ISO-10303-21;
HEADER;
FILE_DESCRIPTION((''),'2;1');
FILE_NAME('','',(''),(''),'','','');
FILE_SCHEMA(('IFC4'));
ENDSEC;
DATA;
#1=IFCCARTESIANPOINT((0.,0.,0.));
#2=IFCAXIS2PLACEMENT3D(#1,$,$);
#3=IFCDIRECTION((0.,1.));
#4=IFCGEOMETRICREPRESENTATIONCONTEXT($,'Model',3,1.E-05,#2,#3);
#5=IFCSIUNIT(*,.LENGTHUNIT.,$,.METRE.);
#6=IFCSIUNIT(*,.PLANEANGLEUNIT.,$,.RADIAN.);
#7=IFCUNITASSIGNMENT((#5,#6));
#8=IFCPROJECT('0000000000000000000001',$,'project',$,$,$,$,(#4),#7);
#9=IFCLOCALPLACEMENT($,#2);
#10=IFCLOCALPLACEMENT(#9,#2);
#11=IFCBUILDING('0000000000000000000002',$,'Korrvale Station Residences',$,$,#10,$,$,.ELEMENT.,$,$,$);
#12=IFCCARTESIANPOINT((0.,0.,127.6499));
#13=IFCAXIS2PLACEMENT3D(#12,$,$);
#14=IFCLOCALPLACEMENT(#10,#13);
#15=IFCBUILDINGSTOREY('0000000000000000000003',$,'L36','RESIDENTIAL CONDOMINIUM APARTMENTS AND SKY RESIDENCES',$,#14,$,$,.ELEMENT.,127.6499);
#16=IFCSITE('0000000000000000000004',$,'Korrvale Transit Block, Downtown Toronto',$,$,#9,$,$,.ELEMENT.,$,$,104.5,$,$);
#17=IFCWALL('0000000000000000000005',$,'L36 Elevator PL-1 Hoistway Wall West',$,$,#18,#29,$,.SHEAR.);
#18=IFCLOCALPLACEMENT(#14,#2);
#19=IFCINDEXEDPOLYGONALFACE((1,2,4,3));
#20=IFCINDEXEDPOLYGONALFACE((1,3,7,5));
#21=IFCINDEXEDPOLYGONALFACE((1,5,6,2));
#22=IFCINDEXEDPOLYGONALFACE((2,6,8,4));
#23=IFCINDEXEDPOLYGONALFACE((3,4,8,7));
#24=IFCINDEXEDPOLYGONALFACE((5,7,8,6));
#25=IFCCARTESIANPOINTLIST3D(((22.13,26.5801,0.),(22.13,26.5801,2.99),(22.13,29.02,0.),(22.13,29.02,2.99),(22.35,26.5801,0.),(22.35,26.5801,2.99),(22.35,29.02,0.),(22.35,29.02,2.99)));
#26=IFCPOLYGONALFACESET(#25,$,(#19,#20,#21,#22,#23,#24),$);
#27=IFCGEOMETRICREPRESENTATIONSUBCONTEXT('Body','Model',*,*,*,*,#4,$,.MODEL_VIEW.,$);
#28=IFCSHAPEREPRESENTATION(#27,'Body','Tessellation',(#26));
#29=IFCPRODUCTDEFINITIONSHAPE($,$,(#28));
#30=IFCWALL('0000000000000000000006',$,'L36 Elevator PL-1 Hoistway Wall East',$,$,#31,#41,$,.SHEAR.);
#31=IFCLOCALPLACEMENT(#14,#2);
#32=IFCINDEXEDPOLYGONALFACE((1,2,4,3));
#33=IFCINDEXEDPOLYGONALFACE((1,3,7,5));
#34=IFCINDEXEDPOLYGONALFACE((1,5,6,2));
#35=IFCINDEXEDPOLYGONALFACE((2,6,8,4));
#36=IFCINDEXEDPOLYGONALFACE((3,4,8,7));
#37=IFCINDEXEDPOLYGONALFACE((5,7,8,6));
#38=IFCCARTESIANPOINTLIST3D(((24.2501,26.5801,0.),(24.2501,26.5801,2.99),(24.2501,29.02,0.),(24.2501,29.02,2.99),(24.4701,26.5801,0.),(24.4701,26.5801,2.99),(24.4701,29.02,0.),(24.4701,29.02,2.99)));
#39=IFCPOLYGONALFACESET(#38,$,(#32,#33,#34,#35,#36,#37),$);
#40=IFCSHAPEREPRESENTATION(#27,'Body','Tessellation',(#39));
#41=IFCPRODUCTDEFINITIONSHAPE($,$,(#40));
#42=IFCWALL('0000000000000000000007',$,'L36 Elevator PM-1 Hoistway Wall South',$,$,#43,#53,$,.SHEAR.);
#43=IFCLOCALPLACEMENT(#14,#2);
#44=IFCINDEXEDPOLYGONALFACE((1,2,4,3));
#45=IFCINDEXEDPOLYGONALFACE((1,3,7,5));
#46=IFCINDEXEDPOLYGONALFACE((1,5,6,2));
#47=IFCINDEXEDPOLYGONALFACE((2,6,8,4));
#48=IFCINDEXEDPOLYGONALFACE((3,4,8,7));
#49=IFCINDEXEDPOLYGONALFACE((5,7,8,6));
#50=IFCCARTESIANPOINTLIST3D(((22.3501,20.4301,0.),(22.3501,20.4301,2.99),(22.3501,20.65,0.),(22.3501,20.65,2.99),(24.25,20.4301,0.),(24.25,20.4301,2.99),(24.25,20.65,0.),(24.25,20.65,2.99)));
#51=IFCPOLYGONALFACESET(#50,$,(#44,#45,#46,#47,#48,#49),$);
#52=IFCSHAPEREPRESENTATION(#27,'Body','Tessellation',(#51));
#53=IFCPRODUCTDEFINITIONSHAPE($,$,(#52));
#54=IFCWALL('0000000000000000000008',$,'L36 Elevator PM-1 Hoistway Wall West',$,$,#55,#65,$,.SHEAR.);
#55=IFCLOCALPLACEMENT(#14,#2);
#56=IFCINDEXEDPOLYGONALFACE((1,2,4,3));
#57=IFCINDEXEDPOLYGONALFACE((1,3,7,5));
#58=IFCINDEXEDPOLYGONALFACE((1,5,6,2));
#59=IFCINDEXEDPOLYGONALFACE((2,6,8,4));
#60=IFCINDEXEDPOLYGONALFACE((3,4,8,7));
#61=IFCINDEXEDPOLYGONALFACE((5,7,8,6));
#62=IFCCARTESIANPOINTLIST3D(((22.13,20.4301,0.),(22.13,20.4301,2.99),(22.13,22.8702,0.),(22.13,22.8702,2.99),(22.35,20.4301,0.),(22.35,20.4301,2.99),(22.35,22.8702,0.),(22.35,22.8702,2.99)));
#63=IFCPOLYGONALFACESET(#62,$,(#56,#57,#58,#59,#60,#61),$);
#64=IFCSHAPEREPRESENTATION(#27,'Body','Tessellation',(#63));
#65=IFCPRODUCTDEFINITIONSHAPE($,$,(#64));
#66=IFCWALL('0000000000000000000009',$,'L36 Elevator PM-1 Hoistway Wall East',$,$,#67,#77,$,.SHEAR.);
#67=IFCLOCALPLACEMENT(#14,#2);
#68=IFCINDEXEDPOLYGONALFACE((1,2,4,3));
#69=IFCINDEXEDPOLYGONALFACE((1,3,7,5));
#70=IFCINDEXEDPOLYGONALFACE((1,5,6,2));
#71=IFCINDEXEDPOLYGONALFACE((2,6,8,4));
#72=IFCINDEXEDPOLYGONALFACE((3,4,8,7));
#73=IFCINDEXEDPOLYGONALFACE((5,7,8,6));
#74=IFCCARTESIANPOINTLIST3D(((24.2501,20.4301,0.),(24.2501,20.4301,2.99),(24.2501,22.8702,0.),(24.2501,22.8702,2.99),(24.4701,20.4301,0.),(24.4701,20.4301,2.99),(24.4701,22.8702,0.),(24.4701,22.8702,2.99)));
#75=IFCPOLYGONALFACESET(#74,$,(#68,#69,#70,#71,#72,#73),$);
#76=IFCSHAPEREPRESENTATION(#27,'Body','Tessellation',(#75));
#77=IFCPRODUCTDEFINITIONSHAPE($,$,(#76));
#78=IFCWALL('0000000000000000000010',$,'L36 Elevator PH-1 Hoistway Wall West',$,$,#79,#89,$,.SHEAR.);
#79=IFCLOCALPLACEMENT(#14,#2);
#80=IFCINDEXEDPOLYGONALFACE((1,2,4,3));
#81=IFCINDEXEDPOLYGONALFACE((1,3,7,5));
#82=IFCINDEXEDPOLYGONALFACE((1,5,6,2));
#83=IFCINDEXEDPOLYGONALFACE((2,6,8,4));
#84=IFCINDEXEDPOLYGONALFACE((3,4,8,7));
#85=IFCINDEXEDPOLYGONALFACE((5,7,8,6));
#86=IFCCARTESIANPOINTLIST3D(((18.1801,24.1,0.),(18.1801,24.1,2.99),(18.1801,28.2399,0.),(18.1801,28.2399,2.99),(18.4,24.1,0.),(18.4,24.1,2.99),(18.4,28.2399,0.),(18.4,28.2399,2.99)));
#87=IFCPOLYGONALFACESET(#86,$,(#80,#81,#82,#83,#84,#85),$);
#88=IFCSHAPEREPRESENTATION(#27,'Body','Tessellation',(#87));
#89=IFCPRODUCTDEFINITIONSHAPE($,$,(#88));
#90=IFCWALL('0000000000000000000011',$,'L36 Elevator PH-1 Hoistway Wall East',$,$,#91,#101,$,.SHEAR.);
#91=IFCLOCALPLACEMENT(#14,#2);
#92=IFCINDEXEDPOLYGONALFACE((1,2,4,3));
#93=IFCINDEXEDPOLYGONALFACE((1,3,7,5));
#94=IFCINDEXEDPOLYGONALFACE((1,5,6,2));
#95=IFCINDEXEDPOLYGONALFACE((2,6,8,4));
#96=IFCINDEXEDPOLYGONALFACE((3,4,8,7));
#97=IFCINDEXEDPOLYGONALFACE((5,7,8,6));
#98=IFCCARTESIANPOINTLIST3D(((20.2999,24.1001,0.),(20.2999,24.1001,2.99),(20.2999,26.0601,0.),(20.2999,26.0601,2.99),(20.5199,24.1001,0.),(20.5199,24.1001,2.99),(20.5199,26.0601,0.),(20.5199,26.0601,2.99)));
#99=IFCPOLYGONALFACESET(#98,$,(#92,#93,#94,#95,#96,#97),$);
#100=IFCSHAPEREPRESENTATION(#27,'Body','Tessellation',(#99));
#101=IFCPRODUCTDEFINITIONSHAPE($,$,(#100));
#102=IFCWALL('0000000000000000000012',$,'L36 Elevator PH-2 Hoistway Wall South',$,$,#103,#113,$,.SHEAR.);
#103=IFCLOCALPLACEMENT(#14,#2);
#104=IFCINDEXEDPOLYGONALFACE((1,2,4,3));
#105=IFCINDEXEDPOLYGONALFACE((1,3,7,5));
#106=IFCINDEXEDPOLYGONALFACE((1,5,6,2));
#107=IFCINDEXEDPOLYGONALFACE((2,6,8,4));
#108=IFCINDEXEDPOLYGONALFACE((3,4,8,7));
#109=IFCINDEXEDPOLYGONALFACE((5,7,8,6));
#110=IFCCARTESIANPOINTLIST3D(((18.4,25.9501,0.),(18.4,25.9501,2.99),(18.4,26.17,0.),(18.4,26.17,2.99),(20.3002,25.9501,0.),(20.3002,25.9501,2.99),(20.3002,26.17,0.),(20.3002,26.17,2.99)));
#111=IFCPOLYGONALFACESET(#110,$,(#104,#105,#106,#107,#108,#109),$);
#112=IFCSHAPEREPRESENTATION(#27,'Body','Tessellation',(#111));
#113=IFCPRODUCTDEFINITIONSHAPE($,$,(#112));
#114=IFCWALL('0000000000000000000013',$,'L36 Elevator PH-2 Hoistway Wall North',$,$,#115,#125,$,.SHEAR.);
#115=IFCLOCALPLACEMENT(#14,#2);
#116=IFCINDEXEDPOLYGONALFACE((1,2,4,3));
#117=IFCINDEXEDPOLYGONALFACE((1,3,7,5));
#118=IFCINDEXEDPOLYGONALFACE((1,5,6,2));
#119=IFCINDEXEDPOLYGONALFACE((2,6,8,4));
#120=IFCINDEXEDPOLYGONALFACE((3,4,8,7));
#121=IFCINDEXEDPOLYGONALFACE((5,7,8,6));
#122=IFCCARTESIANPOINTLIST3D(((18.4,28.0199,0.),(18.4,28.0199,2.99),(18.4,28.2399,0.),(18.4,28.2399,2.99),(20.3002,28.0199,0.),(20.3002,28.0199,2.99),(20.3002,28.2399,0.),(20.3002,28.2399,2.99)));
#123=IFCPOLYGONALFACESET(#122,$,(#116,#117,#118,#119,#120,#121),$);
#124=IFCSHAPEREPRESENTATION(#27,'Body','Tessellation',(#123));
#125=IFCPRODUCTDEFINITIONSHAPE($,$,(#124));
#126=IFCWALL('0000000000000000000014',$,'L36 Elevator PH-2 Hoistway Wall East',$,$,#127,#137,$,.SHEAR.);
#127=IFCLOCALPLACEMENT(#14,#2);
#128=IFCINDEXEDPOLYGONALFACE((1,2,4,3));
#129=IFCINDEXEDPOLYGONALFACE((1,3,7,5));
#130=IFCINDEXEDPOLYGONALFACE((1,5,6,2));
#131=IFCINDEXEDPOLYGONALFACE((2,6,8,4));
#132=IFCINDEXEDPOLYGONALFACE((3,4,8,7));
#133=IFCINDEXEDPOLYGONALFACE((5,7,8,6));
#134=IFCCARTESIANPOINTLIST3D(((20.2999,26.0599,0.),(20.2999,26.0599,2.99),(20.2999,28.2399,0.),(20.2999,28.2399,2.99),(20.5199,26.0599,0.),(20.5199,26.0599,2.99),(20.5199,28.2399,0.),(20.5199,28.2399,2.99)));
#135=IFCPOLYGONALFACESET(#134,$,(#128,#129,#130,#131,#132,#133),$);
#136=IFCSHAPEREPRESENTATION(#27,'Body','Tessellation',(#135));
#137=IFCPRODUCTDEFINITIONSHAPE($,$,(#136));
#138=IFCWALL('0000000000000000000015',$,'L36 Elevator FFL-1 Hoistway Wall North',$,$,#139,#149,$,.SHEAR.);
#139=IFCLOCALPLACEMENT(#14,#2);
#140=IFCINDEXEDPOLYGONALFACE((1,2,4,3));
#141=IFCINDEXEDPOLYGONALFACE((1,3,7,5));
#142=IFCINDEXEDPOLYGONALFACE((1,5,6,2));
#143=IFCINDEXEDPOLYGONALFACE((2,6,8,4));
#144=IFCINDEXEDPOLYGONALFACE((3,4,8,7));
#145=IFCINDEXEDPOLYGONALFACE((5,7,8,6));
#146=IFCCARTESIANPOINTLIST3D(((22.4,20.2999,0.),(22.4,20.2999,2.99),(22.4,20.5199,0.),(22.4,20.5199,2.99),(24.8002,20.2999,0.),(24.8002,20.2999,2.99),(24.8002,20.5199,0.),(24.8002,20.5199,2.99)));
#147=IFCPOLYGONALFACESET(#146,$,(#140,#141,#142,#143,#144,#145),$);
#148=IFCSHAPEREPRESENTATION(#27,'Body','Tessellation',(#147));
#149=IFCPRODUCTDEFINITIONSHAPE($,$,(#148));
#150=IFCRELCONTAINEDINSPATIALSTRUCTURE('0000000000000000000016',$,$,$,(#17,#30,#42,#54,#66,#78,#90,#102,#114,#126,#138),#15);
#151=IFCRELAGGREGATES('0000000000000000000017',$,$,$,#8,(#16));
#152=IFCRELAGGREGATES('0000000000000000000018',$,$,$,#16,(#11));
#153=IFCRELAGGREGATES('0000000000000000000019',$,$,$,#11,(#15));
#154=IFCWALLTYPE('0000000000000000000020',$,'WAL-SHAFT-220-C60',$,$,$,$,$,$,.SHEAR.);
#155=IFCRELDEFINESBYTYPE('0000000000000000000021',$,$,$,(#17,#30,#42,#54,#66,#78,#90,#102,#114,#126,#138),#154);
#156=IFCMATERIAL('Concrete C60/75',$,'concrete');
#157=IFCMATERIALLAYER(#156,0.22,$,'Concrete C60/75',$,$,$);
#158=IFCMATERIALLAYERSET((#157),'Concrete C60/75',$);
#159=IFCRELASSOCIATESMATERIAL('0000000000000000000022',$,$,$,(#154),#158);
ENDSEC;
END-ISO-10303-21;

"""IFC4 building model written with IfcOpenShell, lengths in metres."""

from ifc_helpers import new_model, si_unit, direction, frame, frame_2d, origin, place, context, subcontext, project, spatial, rectangle, extrude, material, layer, layer_set, type_object, element, save


model = new_model("IFC4")

# Units and contexts
model_context = context("Model", 3, precision=1e-05, world=origin(), true_north=direction((0.0, 1.0)))
body_context = subcontext(model_context, "Body", "Model", "MODEL_VIEW")
ifc_project = project(units=[si_unit("LENGTHUNIT", "METRE"), si_unit("PLANEANGLEUNIT", "RADIAN")], contexts=[model_context])

# Site, building, storey
site_placement = place(None, origin())
site = spatial("IfcSite", under=ifc_project, at=site_placement, Name="Korrvale Transit Block, Downtown Toronto", CompositionType="ELEMENT", RefElevation=104.5)
building_placement = place(site_placement, origin())
building = spatial("IfcBuilding", under=site, at=building_placement, Name="Korrvale Station Residences", CompositionType="ELEMENT")
storey_placement = place(building_placement, frame((0.0, 0.0, 127.6499)))
storey = spatial("IfcBuildingStorey", under=building, at=storey_placement, Name="L36", Description="RESIDENTIAL CONDOMINIUM APARTMENTS AND SKY RESIDENCES", CompositionType="ELEMENT", Elevation=127.6499)

# Shared definitions
ifc_material_1 = material(Name="Concrete C60/75", Category="concrete")

# Walls
ifc_layer_1 = layer(ifc_material_1, 0.22, Name="Concrete C60/75")
ifc_layer_set_1 = layer_set([ifc_layer_1], Name="Concrete C60/75")
wall_type_1 = type_object("IfcWallType", Name="WAL-SHAFT-220-C60", PredefinedType="SHEAR", material=ifc_layer_set_1)
for number, where, z_axis, x_axis, name in (
    (1, (22.24, 26.5801, 0.0), (0.0, 0.0, 1.0), (0.0, 1.0, 0.0), "L36 Elevator PL-1 Hoistway Wall West"),
    (2, (24.3601, 26.5801, 0.0), (0.0, 0.0, 1.0), (0.0, 1.0, 0.0), "L36 Elevator PL-1 Hoistway Wall East"),
):
    element("IfcWall", number, at=place(storey_placement, frame(where, z_axis=z_axis, x_axis=x_axis)), inside=storey, type_object=wall_type_1, Name=name, PredefinedType="SHEAR", context=body_context, shape_type="SweptSolid", body=[
        extrude(rectangle(XDim=2.4399, YDim=0.22, at=frame_2d((1.22, 0.0))), origin(), (0.0, 0.0, 1.0), 2.99),
    ])
wall_1_placement = place(storey_placement, frame((22.3501, 20.54, 0.0), z_axis=(0.0, 0.0, 1.0), x_axis=(1.0, 0.0, 0.0)))
element("IfcWall", 3, at=wall_1_placement, inside=storey, type_object=wall_type_1, Name="L36 Elevator PM-1 Hoistway Wall South", PredefinedType="SHEAR", context=body_context, shape_type="SweptSolid", body=[
    extrude(rectangle(XDim=1.8999, YDim=0.22, at=frame_2d((0.95, 0.0))), origin(), (0.0, 0.0, 1.0), 2.99),
])

# Walls
for number, where, z_axis, x_axis, name in (
    (4, (22.24, 20.4299, 0.0), (0.0, 0.0, 1.0), (0.0, 1.0, 0.0), "L36 Elevator PM-1 Hoistway Wall West"),
    (5, (24.3601, 20.4299, 0.0), (0.0, 0.0, 1.0), (0.0, 1.0, 0.0), "L36 Elevator PM-1 Hoistway Wall East"),
):
    element("IfcWall", number, at=place(storey_placement, frame(where, z_axis=z_axis, x_axis=x_axis)), inside=storey, type_object=wall_type_1, Name=name, PredefinedType="SHEAR", context=body_context, shape_type="SweptSolid", body=[
        extrude(rectangle(XDim=2.4402, YDim=0.22, at=frame_2d((1.2202, 0.0))), origin(), (0.0, 0.0, 1.0), 2.99),
    ])
wall_2_placement = place(storey_placement, frame((18.29, 24.1001, 0.0), z_axis=(0.0, 0.0, 1.0), x_axis=(0.0, 1.0, 0.0)))
element("IfcWall", 6, at=wall_2_placement, inside=storey, type_object=wall_type_1, Name="L36 Elevator PH-1 Hoistway Wall West", PredefinedType="SHEAR", context=body_context, shape_type="SweptSolid", body=[
    extrude(rectangle(XDim=4.1399, YDim=0.22, at=frame_2d((2.0698, 0.0))), origin(), (0.0, 0.0, 1.0), 2.99),
])
wall_3_placement = place(storey_placement, frame((20.4099, 24.1001, 0.0), z_axis=(0.0, 0.0, 1.0), x_axis=(0.0, 1.0, 0.0)))
element("IfcWall", 7, at=wall_3_placement, inside=storey, type_object=wall_type_1, Name="L36 Elevator PH-1 Hoistway Wall East", PredefinedType="SHEAR", context=body_context, shape_type="SweptSolid", body=[
    extrude(rectangle(XDim=1.96, YDim=0.22, at=frame_2d((0.98, 0.0))), origin(), (0.0, 0.0, 1.0), 2.99),
])
for number, where, z_axis, x_axis, name in (
    (8, (18.3999, 26.0601, 0.0), (0.0, 0.0, 1.0), (1.0, 0.0, 0.0), "L36 Elevator PH-2 Hoistway Wall South"),
    (9, (18.3999, 28.1299, 0.0), (0.0, 0.0, 1.0), (1.0, 0.0, 0.0), "L36 Elevator PH-2 Hoistway Wall North"),
):
    element("IfcWall", number, at=place(storey_placement, frame(where, z_axis=z_axis, x_axis=x_axis)), inside=storey, type_object=wall_type_1, Name=name, PredefinedType="SHEAR", context=body_context, shape_type="SweptSolid", body=[
        extrude(rectangle(XDim=1.9001, YDim=0.22, at=frame_2d((0.9502, 0.0))), origin(), (0.0, 0.0, 1.0), 2.99),
    ])
wall_4_placement = place(storey_placement, frame((20.4099, 26.0601, 0.0), z_axis=(0.0, 0.0, 1.0), x_axis=(0.0, 1.0, 0.0)))
element("IfcWall", 10, at=wall_4_placement, inside=storey, type_object=wall_type_1, Name="L36 Elevator PH-2 Hoistway Wall East", PredefinedType="SHEAR", context=body_context, shape_type="SweptSolid", body=[
    extrude(rectangle(XDim=2.1799, YDim=0.22, at=frame_2d((1.0898, 0.0))), origin(), (0.0, 0.0, 1.0), 2.99),
])
wall_5_placement = place(storey_placement, frame((22.3999, 20.4099, 0.0), z_axis=(0.0, 0.0, 1.0), x_axis=(1.0, 0.0, 0.0)))
element("IfcWall", 11, at=wall_5_placement, inside=storey, type_object=wall_type_1, Name="L36 Elevator FFL-1 Hoistway Wall North", PredefinedType="SHEAR", context=body_context, shape_type="SweptSolid", body=[
    extrude(rectangle(XDim=2.4001, YDim=0.22, at=frame_2d((1.2002, 0.0))), origin(), (0.0, 0.0, 1.0), 2.99),
])

save(model, "model.ifc")
